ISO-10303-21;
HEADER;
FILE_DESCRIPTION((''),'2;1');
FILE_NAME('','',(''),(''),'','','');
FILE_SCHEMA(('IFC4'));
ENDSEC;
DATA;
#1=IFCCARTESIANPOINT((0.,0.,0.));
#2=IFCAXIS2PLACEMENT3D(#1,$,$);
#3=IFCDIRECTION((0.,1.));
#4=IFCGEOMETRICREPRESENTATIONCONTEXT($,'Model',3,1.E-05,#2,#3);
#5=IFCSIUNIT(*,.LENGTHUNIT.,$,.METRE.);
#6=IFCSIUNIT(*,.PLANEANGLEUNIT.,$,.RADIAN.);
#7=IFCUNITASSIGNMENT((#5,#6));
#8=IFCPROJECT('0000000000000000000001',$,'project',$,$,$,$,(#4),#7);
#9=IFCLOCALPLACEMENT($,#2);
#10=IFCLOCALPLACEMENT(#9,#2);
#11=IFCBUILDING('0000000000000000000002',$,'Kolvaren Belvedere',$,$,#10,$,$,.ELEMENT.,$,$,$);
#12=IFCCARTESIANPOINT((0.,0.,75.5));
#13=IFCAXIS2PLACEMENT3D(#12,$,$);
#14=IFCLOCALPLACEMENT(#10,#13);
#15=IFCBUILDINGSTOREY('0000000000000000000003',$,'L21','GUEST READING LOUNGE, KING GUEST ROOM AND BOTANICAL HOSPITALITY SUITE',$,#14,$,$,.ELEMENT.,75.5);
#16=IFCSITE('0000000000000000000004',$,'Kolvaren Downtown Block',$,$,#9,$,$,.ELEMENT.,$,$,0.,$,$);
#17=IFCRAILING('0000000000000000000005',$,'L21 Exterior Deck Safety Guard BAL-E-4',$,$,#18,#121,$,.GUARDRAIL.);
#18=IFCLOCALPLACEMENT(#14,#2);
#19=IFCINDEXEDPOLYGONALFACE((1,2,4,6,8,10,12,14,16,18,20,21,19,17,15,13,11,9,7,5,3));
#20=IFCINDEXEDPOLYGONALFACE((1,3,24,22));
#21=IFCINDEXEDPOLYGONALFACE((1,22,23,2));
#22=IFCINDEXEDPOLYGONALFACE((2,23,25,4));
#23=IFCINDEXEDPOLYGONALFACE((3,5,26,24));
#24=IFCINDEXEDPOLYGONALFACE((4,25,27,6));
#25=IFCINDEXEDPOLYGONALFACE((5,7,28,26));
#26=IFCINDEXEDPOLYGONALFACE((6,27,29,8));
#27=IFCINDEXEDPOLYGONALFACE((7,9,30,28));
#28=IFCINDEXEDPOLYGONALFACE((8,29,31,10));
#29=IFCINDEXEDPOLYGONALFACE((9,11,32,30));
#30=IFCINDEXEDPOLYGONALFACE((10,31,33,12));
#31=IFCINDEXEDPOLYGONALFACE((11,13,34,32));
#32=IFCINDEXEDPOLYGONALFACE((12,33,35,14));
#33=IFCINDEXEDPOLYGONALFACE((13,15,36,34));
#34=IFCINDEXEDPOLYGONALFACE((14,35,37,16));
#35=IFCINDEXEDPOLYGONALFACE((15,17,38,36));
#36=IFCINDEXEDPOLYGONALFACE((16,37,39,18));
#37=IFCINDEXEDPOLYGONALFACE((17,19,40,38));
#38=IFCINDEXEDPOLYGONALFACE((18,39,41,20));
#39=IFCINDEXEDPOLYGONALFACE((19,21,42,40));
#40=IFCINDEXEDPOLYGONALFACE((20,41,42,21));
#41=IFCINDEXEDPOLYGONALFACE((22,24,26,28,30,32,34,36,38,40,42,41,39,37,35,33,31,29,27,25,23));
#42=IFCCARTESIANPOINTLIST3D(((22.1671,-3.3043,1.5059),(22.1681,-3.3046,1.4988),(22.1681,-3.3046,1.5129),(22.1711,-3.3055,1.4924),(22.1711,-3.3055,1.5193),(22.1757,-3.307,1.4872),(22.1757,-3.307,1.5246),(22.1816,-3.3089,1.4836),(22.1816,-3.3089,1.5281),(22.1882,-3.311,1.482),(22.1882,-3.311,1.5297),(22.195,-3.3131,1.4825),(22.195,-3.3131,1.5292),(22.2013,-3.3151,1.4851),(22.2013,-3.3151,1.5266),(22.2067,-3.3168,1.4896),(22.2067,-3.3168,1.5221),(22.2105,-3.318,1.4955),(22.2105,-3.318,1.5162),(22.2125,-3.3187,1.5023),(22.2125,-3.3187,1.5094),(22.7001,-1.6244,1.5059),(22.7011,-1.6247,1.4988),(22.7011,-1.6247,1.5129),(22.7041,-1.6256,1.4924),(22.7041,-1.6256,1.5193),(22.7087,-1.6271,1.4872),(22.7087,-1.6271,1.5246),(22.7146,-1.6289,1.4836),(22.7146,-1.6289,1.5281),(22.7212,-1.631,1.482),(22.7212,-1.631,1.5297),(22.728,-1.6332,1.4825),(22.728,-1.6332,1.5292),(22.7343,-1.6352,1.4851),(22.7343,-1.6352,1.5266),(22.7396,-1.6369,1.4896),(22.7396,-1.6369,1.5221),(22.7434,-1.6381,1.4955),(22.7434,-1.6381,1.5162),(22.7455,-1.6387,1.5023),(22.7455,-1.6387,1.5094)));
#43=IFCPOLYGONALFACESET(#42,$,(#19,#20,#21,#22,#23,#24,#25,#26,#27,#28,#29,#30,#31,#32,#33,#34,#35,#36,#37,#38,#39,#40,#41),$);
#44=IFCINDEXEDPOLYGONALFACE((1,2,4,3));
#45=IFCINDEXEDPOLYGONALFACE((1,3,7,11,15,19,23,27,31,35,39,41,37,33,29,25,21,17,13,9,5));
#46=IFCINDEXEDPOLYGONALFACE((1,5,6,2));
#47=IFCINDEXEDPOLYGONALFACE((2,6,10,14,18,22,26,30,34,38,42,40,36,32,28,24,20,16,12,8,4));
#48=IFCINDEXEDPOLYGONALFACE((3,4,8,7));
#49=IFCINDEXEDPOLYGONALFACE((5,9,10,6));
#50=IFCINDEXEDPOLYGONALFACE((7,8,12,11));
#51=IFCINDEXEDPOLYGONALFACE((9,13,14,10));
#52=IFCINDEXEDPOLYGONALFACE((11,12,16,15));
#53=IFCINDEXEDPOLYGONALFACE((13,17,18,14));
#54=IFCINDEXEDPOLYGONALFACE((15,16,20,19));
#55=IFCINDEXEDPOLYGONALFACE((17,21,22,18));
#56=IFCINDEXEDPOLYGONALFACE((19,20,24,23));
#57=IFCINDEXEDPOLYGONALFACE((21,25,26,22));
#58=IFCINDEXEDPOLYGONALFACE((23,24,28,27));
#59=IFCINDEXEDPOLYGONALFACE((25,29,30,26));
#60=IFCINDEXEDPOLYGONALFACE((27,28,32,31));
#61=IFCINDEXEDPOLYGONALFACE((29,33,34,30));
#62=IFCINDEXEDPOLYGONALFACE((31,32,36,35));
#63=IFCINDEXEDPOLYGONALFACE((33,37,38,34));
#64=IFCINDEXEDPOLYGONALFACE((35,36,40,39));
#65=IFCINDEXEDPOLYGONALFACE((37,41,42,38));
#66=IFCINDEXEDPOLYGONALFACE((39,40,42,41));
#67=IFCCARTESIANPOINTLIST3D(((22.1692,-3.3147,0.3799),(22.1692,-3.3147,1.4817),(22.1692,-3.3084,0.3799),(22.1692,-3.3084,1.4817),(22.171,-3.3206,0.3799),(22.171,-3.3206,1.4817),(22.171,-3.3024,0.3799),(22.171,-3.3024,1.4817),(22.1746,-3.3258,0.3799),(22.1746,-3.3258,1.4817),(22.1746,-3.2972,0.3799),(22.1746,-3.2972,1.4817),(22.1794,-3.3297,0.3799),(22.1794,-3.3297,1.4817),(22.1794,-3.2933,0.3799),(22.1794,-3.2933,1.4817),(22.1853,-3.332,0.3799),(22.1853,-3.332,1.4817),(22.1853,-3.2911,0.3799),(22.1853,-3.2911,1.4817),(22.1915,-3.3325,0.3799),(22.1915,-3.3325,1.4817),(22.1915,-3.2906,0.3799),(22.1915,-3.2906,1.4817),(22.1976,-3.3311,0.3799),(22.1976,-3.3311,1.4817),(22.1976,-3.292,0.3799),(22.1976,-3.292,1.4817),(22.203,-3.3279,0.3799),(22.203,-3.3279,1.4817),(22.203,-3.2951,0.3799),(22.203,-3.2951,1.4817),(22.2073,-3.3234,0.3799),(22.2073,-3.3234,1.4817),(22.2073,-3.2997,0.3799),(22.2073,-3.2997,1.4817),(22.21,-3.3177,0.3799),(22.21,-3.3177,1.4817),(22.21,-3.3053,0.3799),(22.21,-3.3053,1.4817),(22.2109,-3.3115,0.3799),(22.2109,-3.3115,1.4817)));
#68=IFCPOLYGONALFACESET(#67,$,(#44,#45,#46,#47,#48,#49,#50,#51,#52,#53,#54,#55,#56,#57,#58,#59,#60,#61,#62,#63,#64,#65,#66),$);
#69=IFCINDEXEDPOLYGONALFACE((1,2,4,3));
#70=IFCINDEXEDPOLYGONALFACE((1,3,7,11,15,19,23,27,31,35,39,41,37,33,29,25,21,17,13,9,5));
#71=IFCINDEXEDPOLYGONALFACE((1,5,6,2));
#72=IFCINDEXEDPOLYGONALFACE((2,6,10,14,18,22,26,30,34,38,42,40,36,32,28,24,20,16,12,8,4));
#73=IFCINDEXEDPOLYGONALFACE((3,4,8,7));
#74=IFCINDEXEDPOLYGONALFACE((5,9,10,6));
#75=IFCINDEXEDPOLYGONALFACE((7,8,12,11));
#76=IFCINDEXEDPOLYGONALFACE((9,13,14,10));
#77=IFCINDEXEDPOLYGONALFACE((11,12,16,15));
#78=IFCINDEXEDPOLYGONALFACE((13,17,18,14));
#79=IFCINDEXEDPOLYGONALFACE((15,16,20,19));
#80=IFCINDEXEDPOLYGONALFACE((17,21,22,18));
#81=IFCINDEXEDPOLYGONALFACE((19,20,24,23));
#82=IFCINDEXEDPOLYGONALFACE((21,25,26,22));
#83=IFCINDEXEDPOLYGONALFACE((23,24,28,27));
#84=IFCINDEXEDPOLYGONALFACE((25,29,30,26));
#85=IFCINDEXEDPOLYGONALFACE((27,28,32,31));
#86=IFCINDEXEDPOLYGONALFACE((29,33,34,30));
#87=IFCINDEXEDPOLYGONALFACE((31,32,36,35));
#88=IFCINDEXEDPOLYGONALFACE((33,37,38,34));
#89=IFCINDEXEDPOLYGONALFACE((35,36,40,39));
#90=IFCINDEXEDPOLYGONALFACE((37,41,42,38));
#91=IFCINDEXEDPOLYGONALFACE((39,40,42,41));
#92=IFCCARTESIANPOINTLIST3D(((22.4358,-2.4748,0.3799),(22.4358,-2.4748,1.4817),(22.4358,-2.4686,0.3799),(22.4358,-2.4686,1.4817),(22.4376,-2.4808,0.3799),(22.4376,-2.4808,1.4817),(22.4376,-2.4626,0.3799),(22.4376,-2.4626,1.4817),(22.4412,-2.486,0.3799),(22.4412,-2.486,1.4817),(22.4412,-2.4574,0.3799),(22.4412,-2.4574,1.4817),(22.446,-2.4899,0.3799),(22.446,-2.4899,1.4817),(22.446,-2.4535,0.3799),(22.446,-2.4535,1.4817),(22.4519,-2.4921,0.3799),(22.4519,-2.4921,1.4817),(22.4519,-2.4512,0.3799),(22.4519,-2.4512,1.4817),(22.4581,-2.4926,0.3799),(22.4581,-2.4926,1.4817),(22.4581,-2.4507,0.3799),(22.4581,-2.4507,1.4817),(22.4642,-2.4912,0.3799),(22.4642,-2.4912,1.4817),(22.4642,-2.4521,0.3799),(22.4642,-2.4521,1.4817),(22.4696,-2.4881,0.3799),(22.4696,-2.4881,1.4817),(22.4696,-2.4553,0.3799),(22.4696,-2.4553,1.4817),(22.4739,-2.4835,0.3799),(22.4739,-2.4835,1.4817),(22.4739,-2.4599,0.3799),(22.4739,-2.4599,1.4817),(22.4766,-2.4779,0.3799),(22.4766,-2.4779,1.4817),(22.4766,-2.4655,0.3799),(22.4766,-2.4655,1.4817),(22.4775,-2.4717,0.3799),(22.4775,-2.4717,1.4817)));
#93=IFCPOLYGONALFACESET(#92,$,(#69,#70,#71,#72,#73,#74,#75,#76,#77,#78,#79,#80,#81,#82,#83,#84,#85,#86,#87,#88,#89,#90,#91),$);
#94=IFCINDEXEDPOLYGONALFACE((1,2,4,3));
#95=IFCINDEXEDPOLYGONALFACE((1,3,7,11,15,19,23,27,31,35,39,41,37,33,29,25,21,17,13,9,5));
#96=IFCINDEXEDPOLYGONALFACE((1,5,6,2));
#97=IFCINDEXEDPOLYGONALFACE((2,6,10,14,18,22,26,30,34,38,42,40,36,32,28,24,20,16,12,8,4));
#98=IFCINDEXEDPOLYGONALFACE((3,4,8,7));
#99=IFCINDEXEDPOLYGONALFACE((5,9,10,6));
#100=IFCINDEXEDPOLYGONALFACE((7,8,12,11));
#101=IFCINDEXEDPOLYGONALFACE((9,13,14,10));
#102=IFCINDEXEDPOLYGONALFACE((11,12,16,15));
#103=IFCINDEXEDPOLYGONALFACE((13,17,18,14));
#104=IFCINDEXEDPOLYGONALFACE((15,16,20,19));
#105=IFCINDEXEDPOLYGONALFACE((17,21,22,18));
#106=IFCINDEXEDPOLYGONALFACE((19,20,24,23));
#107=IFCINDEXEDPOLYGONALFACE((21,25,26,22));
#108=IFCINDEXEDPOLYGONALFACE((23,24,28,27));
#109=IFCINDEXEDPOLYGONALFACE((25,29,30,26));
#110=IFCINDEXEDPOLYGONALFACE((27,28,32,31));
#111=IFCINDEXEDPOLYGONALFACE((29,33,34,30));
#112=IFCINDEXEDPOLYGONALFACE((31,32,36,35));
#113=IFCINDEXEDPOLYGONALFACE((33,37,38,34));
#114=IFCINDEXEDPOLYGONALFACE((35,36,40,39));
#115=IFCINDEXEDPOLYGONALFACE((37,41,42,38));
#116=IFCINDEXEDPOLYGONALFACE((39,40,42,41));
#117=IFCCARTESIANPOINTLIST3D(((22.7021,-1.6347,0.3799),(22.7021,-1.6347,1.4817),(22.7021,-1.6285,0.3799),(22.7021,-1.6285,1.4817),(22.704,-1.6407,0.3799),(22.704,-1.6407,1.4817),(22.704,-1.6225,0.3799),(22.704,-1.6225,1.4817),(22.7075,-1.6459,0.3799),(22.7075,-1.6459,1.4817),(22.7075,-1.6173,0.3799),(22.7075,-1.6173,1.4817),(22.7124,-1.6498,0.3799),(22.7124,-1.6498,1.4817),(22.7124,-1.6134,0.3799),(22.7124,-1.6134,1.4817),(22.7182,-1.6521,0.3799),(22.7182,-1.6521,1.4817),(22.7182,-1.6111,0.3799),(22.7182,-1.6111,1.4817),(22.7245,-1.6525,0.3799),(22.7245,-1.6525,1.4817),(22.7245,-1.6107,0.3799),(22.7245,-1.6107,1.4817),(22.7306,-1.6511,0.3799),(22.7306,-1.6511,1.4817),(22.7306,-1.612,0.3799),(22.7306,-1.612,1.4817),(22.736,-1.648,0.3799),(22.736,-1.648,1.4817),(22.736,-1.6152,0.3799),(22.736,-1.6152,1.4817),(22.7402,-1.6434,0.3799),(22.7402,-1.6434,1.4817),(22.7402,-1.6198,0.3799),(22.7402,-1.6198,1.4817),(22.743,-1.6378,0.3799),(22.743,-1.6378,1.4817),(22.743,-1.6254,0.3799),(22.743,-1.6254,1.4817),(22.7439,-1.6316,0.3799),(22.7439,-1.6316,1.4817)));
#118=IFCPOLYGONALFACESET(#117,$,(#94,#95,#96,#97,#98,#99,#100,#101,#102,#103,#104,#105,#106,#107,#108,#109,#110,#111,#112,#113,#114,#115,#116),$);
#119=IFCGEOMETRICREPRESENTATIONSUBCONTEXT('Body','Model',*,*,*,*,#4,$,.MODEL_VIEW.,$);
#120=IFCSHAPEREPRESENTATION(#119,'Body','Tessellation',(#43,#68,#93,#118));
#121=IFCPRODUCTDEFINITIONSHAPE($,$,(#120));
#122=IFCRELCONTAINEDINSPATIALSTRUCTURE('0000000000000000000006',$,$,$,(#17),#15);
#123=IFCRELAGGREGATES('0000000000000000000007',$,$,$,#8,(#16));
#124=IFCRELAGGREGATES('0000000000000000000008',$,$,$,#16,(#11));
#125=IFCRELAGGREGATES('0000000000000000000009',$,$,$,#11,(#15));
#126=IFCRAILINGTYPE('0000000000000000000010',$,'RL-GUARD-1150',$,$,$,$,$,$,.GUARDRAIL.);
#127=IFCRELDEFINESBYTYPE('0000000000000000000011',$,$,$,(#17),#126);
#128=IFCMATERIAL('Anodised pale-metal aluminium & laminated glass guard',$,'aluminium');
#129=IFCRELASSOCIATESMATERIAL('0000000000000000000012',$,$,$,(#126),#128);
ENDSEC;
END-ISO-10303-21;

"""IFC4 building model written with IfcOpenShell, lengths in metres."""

from ifc_helpers import new_model, si_unit, direction, frame, origin, origin_2d, place, context, subcontext, project, spatial, circle, extrude, material, type_object, element, save


model = new_model("IFC4")

# Units and contexts
model_context = context("Model", 3, precision=1e-05, world=origin(), true_north=direction((0.0, 1.0)))
body_context = subcontext(model_context, "Body", "Model", "MODEL_VIEW")
ifc_project = project(units=[si_unit("LENGTHUNIT", "METRE"), si_unit("PLANEANGLEUNIT", "RADIAN")], contexts=[model_context])

# Site, building, storey
site_placement = place(None, origin())
site = spatial("IfcSite", under=ifc_project, at=site_placement, Name="Kolvaren Downtown Block", CompositionType="ELEMENT", RefElevation=0.0)
building_placement = place(site_placement, origin())
building = spatial("IfcBuilding", under=site, at=building_placement, Name="Kolvaren Belvedere", CompositionType="ELEMENT")
storey_placement = place(building_placement, frame((0.0, 0.0, 75.5)))
storey = spatial("IfcBuildingStorey", under=building, at=storey_placement, Name="L21", Description="GUEST READING LOUNGE, KING GUEST ROOM AND BOTANICAL HOSPITALITY SUITE", CompositionType="ELEMENT", Elevation=75.5)

# Railing
ifc_material_1 = material(Name="Anodised pale-metal aluminium & laminated glass guard", Category="aluminium")
railing_type = type_object("IfcRailingType", Name="RL-GUARD-1150", PredefinedType="GUARDRAIL", material=ifc_material_1)
railing_1_placement = place(storey_placement, frame((22.1899, -3.3115, 0.3799)))
element("IfcRailing", 1, at=railing_1_placement, inside=storey, type_object=railing_type, Name="L21 Exterior Deck Safety Guard BAL-E-4", PredefinedType="GUARDRAIL", context=body_context, shape_type="SweptSolid", body=[
    extrude(circle(Radius=0.0239, at=origin_2d()), frame((0.0, 0.0, 1.126), z_axis=(0.302397, 0.953182, 0.0), x_axis=(-0.953182, 0.302397, 0.0)), (0.0, 0.0, 1.0), 1.7625),
    extrude(circle(Radius=0.021, at=origin_2d()), origin(), (0.0, 0.0, 1.0), 1.1018),
    extrude(circle(Radius=0.021, at=origin_2d()), frame((0.2666, 0.8398, 0.0)), (0.0, 0.0, 1.0), 1.1018),
    extrude(circle(Radius=0.021, at=origin_2d()), frame((0.533, 1.6799, 0.0)), (0.0, 0.0, 1.0), 1.1018),
])

save(model, "model.ifc")
